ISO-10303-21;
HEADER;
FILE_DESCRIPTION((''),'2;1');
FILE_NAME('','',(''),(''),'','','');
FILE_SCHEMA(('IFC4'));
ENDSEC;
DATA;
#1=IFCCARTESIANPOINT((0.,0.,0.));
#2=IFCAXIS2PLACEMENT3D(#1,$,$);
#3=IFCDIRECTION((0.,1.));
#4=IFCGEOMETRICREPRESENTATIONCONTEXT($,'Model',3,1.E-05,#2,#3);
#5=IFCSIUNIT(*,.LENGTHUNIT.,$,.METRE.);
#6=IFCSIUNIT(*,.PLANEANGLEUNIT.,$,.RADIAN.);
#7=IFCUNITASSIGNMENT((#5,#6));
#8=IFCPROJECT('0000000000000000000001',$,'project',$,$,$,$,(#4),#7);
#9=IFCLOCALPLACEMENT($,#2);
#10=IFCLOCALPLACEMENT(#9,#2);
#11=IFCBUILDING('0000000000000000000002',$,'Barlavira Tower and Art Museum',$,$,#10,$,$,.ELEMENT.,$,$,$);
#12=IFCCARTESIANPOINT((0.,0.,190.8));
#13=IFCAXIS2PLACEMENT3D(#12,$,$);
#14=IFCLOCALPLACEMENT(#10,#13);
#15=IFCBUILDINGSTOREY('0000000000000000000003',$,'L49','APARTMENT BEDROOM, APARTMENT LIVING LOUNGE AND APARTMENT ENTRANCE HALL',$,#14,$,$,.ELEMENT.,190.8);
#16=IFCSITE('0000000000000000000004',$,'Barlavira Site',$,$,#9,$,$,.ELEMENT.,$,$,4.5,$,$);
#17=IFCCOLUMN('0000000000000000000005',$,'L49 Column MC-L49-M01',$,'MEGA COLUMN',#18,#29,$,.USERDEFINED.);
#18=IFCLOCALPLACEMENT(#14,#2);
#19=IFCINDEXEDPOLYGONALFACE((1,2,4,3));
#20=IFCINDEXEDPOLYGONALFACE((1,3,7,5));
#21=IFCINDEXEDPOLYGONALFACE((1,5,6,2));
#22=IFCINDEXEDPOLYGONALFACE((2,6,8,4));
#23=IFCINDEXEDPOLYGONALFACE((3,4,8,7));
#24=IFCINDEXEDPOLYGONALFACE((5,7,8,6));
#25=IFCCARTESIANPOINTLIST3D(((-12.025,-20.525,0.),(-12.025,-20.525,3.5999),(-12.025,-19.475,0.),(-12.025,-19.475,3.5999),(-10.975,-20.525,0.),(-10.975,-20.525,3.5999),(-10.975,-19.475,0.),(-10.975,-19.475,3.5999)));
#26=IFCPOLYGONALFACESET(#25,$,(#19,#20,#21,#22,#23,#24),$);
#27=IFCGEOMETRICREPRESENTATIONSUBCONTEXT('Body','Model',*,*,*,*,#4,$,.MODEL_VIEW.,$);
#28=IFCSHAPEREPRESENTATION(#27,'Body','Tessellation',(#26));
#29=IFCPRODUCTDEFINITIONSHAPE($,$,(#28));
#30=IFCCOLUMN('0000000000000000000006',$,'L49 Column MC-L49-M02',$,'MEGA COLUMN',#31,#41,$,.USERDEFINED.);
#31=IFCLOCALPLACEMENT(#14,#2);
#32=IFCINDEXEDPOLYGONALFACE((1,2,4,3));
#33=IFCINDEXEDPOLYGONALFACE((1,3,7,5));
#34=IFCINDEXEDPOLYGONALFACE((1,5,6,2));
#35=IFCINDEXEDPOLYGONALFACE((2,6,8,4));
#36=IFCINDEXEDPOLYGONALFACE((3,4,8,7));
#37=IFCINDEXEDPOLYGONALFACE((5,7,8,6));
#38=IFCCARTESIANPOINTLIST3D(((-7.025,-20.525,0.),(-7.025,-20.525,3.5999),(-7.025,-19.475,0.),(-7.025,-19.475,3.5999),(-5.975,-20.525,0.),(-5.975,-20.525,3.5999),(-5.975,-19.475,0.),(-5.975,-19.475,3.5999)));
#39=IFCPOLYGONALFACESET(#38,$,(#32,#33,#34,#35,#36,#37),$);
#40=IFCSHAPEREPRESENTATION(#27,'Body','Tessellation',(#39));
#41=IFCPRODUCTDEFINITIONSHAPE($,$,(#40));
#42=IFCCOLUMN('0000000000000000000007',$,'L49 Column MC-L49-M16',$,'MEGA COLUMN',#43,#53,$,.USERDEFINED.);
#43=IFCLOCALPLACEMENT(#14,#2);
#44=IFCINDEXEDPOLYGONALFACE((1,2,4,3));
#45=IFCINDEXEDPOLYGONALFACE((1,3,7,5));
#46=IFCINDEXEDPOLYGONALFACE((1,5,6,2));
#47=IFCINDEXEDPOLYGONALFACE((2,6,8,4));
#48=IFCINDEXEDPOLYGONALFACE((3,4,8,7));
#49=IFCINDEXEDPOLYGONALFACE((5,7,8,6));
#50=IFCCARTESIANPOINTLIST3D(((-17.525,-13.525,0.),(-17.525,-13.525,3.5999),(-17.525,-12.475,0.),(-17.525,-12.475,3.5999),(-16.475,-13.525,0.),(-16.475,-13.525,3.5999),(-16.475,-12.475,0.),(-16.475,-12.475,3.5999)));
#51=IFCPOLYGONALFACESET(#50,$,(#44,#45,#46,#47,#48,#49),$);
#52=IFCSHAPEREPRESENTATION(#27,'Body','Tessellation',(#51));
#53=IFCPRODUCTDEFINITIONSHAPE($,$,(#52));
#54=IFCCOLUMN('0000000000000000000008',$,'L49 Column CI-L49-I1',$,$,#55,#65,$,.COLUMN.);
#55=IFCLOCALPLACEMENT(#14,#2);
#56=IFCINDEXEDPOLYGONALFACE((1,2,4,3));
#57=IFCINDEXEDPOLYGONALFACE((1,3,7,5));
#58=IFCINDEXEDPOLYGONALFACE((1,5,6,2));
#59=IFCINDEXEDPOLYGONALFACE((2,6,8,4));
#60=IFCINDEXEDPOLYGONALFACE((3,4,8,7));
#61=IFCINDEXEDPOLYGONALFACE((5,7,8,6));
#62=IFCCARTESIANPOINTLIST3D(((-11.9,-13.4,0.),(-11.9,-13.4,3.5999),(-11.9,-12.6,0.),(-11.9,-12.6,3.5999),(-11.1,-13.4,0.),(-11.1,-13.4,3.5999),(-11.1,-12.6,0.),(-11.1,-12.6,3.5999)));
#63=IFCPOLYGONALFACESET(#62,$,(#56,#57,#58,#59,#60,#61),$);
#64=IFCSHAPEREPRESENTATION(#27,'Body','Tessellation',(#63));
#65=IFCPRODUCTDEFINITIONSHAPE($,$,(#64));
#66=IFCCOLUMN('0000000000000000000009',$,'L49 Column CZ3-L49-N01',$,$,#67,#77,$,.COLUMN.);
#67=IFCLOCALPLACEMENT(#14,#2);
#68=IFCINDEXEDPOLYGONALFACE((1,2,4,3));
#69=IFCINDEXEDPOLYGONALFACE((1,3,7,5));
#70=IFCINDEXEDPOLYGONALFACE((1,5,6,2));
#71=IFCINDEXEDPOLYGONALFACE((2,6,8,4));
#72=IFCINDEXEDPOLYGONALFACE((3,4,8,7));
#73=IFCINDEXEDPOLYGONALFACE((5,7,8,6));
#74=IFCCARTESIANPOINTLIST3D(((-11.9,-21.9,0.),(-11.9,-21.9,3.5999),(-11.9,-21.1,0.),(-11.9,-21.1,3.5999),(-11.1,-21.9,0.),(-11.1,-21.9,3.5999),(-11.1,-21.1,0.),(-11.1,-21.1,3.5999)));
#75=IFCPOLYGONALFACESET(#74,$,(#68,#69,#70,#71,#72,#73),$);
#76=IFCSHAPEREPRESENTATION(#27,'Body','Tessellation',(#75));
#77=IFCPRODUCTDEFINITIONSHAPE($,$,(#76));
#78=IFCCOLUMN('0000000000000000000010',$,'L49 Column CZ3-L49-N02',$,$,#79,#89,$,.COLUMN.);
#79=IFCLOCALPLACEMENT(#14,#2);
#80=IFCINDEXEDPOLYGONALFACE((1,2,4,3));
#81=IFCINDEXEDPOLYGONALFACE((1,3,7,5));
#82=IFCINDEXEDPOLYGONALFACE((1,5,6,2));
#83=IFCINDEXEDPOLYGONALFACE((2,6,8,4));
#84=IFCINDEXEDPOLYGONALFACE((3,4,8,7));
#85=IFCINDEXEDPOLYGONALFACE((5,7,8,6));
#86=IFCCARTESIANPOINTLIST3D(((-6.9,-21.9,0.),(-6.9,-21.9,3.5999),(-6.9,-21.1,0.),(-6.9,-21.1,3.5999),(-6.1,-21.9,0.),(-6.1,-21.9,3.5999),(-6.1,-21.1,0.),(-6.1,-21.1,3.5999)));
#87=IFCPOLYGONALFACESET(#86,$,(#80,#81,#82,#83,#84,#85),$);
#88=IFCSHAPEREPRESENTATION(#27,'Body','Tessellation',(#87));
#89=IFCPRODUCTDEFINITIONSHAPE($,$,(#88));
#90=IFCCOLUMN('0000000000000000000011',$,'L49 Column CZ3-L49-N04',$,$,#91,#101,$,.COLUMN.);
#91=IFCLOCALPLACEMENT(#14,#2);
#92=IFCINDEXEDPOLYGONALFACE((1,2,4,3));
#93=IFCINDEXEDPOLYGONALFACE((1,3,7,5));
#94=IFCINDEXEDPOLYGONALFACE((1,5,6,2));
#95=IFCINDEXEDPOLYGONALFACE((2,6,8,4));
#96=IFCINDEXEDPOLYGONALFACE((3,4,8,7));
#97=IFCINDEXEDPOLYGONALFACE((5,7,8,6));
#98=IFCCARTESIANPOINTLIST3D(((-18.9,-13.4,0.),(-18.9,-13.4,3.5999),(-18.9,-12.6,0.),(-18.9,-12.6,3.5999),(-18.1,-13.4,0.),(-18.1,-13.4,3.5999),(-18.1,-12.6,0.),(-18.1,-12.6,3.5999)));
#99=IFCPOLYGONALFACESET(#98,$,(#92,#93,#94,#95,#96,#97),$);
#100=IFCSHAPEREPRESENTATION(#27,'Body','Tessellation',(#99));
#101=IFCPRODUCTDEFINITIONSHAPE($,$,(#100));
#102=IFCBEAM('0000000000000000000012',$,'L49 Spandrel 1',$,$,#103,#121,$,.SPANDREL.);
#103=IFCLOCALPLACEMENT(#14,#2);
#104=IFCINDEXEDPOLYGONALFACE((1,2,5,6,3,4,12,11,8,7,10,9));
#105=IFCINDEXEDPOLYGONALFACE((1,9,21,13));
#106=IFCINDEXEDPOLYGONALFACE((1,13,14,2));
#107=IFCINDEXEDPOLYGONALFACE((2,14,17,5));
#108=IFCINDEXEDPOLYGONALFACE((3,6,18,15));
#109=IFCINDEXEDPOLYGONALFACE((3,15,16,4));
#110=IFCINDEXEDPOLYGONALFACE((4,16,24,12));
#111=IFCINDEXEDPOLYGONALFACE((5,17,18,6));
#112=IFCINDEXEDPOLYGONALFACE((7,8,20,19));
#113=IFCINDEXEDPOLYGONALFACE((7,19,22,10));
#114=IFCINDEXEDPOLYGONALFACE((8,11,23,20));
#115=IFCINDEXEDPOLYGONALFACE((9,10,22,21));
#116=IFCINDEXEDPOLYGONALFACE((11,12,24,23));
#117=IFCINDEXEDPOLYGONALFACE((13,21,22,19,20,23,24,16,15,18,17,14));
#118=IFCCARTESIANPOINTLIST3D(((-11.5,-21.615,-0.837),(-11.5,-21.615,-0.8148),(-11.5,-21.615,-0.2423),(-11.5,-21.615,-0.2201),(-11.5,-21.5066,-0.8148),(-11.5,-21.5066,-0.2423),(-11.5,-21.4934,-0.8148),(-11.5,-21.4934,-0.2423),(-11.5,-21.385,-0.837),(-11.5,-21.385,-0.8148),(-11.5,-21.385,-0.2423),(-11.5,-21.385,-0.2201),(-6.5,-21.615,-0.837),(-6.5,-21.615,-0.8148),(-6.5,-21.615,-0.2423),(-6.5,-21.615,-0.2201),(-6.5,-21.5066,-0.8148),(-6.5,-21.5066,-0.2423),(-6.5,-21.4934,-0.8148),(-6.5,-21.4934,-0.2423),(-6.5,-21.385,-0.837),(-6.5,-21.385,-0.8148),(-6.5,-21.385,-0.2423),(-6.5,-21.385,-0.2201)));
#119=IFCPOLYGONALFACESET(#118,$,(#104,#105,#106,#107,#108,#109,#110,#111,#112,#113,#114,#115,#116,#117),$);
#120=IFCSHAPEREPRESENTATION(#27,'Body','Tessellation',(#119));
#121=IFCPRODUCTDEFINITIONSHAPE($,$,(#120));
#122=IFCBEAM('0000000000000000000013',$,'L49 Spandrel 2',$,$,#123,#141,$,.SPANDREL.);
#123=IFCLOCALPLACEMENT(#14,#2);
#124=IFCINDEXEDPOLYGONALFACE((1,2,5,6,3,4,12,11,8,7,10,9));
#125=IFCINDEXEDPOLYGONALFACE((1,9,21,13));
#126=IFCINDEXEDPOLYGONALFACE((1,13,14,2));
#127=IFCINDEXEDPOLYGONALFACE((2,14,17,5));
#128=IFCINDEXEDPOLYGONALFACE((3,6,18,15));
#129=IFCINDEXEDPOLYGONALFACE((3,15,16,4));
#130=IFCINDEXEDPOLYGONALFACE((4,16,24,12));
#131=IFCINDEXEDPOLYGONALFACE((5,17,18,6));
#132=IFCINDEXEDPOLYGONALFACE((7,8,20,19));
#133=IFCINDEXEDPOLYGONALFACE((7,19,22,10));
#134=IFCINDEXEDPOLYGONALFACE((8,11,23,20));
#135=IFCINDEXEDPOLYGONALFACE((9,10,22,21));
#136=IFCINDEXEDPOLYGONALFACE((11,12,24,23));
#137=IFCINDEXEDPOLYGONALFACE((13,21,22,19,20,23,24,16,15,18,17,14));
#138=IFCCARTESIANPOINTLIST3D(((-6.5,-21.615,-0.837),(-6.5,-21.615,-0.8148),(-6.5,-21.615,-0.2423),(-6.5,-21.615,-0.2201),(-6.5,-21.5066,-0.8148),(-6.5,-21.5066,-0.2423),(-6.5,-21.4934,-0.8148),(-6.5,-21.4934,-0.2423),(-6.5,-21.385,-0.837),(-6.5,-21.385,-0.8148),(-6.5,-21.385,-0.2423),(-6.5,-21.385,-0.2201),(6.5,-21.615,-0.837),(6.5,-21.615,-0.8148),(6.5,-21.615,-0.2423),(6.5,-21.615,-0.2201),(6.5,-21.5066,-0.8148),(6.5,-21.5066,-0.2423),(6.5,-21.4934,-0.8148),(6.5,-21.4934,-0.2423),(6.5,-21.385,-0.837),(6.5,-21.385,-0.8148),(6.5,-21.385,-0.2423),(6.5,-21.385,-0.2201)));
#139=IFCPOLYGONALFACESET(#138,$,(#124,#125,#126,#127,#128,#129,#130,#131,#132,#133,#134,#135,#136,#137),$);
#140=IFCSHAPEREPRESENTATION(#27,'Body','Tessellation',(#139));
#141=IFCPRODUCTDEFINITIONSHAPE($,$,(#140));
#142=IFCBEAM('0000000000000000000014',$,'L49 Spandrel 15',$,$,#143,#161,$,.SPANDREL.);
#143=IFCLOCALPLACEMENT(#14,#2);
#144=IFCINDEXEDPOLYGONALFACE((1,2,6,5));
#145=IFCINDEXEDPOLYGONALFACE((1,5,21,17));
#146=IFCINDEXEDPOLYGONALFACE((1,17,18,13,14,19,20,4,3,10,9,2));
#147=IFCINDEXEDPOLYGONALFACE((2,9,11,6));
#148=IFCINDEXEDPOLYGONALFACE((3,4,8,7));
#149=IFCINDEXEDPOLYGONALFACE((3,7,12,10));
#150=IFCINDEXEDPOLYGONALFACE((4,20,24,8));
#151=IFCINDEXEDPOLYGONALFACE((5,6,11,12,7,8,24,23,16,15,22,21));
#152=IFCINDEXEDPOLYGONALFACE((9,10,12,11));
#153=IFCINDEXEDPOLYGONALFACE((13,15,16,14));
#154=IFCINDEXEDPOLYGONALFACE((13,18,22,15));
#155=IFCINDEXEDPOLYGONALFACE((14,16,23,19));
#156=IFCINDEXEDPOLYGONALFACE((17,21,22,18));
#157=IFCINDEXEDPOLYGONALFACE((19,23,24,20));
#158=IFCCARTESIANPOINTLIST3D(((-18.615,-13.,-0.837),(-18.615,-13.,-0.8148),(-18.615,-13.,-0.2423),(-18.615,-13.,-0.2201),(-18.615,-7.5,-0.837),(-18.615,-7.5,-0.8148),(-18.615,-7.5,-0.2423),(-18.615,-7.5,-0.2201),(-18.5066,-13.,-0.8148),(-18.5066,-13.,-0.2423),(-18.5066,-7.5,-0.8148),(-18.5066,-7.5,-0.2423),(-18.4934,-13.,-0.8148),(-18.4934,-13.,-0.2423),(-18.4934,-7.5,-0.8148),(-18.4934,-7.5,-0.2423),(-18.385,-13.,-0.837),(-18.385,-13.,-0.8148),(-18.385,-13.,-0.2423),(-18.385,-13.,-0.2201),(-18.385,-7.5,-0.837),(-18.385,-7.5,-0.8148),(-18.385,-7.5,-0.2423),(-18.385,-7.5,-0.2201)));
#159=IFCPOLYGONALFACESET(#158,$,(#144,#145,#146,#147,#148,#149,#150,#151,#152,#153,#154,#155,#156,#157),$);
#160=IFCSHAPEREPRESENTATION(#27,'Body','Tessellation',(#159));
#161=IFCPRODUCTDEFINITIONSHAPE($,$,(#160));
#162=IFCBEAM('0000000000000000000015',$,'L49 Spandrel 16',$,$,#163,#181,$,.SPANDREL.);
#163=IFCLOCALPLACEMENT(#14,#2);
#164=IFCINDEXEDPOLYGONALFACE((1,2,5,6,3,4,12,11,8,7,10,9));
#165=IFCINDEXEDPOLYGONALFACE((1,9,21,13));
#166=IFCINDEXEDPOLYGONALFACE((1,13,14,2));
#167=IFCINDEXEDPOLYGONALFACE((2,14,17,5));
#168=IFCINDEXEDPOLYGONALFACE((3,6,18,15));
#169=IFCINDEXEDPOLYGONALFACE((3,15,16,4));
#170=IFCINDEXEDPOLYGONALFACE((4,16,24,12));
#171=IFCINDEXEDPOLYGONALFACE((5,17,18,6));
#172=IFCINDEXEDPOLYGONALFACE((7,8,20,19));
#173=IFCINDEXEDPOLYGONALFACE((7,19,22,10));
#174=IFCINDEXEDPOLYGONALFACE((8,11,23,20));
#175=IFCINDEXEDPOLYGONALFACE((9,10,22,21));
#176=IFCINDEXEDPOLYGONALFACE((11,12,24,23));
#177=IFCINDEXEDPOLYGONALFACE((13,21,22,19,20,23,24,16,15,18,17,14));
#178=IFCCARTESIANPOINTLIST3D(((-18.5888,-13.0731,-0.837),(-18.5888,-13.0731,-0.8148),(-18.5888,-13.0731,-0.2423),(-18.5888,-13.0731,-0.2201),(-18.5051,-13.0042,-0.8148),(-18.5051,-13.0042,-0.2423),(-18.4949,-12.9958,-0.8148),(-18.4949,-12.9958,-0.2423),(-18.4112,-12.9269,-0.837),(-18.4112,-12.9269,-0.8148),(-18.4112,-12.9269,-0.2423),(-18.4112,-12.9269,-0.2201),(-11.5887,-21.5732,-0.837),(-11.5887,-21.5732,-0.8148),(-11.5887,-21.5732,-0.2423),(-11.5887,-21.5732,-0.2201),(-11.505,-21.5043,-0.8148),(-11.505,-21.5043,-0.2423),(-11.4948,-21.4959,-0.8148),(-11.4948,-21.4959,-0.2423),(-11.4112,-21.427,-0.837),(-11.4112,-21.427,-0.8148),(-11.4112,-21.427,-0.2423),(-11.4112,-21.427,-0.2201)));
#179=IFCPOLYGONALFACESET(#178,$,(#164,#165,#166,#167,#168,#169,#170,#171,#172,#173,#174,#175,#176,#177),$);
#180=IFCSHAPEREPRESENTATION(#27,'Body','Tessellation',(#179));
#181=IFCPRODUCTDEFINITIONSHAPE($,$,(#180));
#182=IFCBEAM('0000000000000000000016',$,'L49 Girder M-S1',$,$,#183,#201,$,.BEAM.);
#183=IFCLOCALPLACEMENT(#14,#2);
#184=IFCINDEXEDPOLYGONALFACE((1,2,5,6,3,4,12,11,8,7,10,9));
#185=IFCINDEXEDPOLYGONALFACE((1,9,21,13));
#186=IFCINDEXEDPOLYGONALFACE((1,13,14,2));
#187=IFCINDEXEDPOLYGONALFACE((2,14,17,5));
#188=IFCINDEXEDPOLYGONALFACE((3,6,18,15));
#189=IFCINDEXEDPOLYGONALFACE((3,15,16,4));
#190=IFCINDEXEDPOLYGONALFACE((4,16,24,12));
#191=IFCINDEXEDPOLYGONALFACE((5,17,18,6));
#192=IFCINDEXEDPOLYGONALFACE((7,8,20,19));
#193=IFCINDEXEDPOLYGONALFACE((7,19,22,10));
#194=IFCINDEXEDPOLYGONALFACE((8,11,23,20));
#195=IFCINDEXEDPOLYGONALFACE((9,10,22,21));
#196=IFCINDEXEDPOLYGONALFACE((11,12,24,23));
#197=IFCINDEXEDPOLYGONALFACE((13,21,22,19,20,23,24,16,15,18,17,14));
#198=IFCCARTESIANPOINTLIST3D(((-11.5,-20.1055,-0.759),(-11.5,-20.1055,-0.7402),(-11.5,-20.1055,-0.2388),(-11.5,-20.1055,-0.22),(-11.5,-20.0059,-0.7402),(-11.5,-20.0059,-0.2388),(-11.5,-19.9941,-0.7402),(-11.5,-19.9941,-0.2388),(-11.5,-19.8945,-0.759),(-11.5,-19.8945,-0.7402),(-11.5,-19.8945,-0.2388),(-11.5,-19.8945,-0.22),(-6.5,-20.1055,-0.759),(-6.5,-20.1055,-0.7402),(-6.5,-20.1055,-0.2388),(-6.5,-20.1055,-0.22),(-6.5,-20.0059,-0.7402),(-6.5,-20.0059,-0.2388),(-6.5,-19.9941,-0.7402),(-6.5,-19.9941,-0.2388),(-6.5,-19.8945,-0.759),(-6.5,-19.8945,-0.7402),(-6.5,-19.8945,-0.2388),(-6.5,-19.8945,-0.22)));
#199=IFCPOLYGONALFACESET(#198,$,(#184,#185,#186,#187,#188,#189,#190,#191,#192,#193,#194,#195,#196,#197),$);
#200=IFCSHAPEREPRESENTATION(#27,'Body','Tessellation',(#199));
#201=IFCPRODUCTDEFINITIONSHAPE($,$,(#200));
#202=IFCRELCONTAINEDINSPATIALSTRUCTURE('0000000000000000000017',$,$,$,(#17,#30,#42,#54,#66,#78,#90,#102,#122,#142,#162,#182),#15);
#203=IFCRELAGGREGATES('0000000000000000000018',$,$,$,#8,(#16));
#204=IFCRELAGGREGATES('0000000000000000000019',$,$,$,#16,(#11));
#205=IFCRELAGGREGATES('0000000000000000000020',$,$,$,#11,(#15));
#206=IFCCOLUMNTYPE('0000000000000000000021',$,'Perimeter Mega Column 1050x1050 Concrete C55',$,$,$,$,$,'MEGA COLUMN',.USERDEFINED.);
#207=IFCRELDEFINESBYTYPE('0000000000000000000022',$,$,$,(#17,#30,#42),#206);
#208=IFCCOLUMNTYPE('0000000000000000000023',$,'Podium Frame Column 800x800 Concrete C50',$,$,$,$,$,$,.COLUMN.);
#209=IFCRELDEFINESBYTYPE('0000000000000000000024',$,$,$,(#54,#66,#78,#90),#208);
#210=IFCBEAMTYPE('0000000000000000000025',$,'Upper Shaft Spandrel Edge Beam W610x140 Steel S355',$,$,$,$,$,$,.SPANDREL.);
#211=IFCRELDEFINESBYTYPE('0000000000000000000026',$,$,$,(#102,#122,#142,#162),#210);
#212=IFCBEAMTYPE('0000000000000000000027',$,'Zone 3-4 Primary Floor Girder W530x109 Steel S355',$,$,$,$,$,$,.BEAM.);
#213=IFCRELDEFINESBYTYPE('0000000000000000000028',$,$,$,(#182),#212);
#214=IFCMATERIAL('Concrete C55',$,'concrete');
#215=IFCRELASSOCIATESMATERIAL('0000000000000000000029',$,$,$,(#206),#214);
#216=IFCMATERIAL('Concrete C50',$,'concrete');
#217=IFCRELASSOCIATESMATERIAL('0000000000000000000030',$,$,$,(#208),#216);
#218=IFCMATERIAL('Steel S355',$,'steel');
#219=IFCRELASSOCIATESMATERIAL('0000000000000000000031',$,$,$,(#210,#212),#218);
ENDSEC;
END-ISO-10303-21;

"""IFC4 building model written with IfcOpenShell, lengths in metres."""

from ifc_helpers import new_model, si_unit, direction, frame, origin, origin_2d, place, context, subcontext, project, spatial, rectangle, i_section, extrude, material, material_profile, profile_set, type_object, element, save


model = new_model("IFC4")

# Units and contexts
model_context = context("Model", 3, precision=1e-05, world=origin(), true_north=direction((0.0, 1.0)))
body_context = subcontext(model_context, "Body", "Model", "MODEL_VIEW")
ifc_project = project(units=[si_unit("LENGTHUNIT", "METRE"), si_unit("PLANEANGLEUNIT", "RADIAN")], contexts=[model_context])

# Site, building, storey
site_placement = place(None, origin())
site = spatial("IfcSite", under=ifc_project, at=site_placement, Name="Barlavira Site", CompositionType="ELEMENT", RefElevation=4.5)
building_placement = place(site_placement, origin())
building = spatial("IfcBuilding", under=site, at=building_placement, Name="Barlavira Tower and Art Museum", CompositionType="ELEMENT")
storey_placement = place(building_placement, frame((0.0, 0.0, 190.8)))
storey = spatial("IfcBuildingStorey", under=building, at=storey_placement, Name="L49", Description="APARTMENT BEDROOM, APARTMENT LIVING LOUNGE AND APARTMENT ENTRANCE HALL", CompositionType="ELEMENT", Elevation=190.8)

# Columns
ifc_material_1 = material(Name="Concrete C55", Category="concrete")
ifc_material_profile_1 = material_profile(ifc_material_1, rectangle(XDim=1.05, YDim=1.05, at=origin_2d()), Name="RC-COL 1050x1050")
ifc_profile_set_1 = profile_set([ifc_material_profile_1], Name="Concrete C55")
column_type_1 = type_object("IfcColumnType", Name="Perimeter Mega Column 1050x1050 Concrete C55", ElementType="MEGA COLUMN", PredefinedType="USERDEFINED", material=ifc_profile_set_1)
for number, where, z_axis, x_axis, name in (
    (1, (-11.5, -20.0, 0.0), (0.0, 0.0, 1.0), (1.0, 0.0, 0.0), "L49 Column MC-L49-M01"),
    (2, (-6.5, -20.0, 0.0), (0.0, 0.0, 1.0), (1.0, 0.0, 0.0), "L49 Column MC-L49-M02"),
    (3, (-17.0, -13.0, 0.0), (0.0, 0.0, 1.0), (1.0, 0.0, 0.0), "L49 Column MC-L49-M16"),
):
    element("IfcColumn", number, at=place(storey_placement, frame(where, z_axis=z_axis, x_axis=x_axis)), inside=storey, type_object=column_type_1, Name=name, ObjectType="MEGA COLUMN", PredefinedType="USERDEFINED", context=body_context, shape_type="SweptSolid", body=[
        extrude(rectangle(XDim=1.05, YDim=1.05, at=origin_2d()), origin(), (0.0, 0.0, 1.0), 3.5999),
    ])
ifc_material_2 = material(Name="Concrete C50", Category="concrete")
ifc_material_profile_2 = material_profile(ifc_material_2, rectangle(XDim=0.8, YDim=0.8, at=origin_2d()), Name="RC-COL 800x800")
ifc_profile_set_2 = profile_set([ifc_material_profile_2], Name="Concrete C50")
column_type_2 = type_object("IfcColumnType", Name="Podium Frame Column 800x800 Concrete C50", PredefinedType="COLUMN", material=ifc_profile_set_2)
for number, where, z_axis, x_axis, name in (
    (4, (-11.5, -13.0, 0.0), (0.0, 0.0, 1.0), (1.0, 0.0, 0.0), "L49 Column CI-L49-I1"),
    (5, (-11.5, -21.5, 0.0), (0.0, 0.0, 1.0), (1.0, 0.0, 0.0), "L49 Column CZ3-L49-N01"),
    (6, (-6.5, -21.5, 0.0), (0.0, 0.0, 1.0), (1.0, 0.0, 0.0), "L49 Column CZ3-L49-N02"),
    (7, (-18.5, -13.0, 0.0), (0.0, 0.0, 1.0), (1.0, 0.0, 0.0), "L49 Column CZ3-L49-N04"),
):
    element("IfcColumn", number, at=place(storey_placement, frame(where, z_axis=z_axis, x_axis=x_axis)), inside=storey, type_object=column_type_2, Name=name, PredefinedType="COLUMN", context=body_context, shape_type="SweptSolid", body=[
        extrude(rectangle(XDim=0.8, YDim=0.8, at=origin_2d()), origin(), (0.0, 0.0, 1.0), 3.5999),
    ])

# Beams
ifc_material_3 = material(Name="Steel S355", Category="steel")
ifc_material_profile_3 = material_profile(ifc_material_3, i_section(OverallWidth=0.23, OverallDepth=0.6169, WebThickness=0.0132, FlangeThickness=0.0222, at=origin_2d()), Name="W610x140.0")
ifc_profile_set_3 = profile_set([ifc_material_profile_3], Name="Steel S355")
beam_type_1 = type_object("IfcBeamType", Name="Upper Shaft Spandrel Edge Beam W610x140 Steel S355", PredefinedType="SPANDREL", material=ifc_profile_set_3)
beam_1_placement = place(storey_placement, frame((-11.5, -21.5, -0.5286), z_axis=(1.0, 0.0, 0.0), x_axis=(0.0, 1.0, 0.0)))
element("IfcBeam", 8, at=beam_1_placement, inside=storey, type_object=beam_type_1, Name="L49 Spandrel 1", PredefinedType="SPANDREL", context=body_context, shape_type="SweptSolid", body=[
    extrude(i_section(OverallWidth=0.23, OverallDepth=0.6169, WebThickness=0.0132, FlangeThickness=0.0222, at=origin_2d()), origin(), (0.0, 0.0, 1.0), 5.0),
])
beam_2_placement = place(storey_placement, frame((-6.5, -21.5, -0.5286), z_axis=(1.0, 0.0, 0.0), x_axis=(0.0, 1.0, 0.0)))
element("IfcBeam", 9, at=beam_2_placement, inside=storey, type_object=beam_type_1, Name="L49 Spandrel 2", PredefinedType="SPANDREL", context=body_context, shape_type="SweptSolid", body=[
    extrude(i_section(OverallWidth=0.23, OverallDepth=0.6169, WebThickness=0.0132, FlangeThickness=0.0222, at=origin_2d()), origin(), (0.0, 0.0, 1.0), 13.0),
])
beam_3_placement = place(storey_placement, frame((-18.5, -13.0, -0.5286), z_axis=(0.0, 1.0, 0.0), x_axis=(-1.0, 0.0, 0.0)))
element("IfcBeam", 10, at=beam_3_placement, inside=storey, type_object=beam_type_1, Name="L49 Spandrel 15", PredefinedType="SPANDREL", context=body_context, shape_type="SweptSolid", body=[
    extrude(i_section(OverallWidth=0.23, OverallDepth=0.6169, WebThickness=0.0132, FlangeThickness=0.0222, at=origin_2d()), origin(), (0.0, 0.0, 1.0), 5.5),
])
beam_4_placement = place(storey_placement, frame((-18.5, -13.0, -0.5286), z_axis=(0.635707, -0.77193, 0.0), x_axis=(0.77193, 0.635707, 0.0)))
element("IfcBeam", 11, at=beam_4_placement, inside=storey, type_object=beam_type_1, Name="L49 Spandrel 16", PredefinedType="SPANDREL", context=body_context, shape_type="SweptSolid", body=[
    extrude(i_section(OverallWidth=0.23, OverallDepth=0.6169, WebThickness=0.0132, FlangeThickness=0.0222, at=origin_2d()), origin(), (0.0, 0.0, 1.0), 11.0115),
])
ifc_material_profile_4 = material_profile(ifc_material_3, i_section(OverallWidth=0.2109, OverallDepth=0.5391, WebThickness=0.0117, FlangeThickness=0.0188, at=origin_2d()), Name="W530x109.0")
ifc_profile_set_4 = profile_set([ifc_material_profile_4], Name="Steel S355")
beam_type_2 = type_object("IfcBeamType", Name="Zone 3-4 Primary Floor Girder W530x109 Steel S355", PredefinedType="BEAM", material=ifc_profile_set_4)
beam_5_placement = place(storey_placement, frame((-11.5, -20.0, -0.4895), z_axis=(1.0, 0.0, 0.0), x_axis=(0.0, 1.0, 0.0)))
element("IfcBeam", 12, at=beam_5_placement, inside=storey, type_object=beam_type_2, Name="L49 Girder M-S1", PredefinedType="BEAM", context=body_context, shape_type="SweptSolid", body=[
    extrude(i_section(OverallWidth=0.2109, OverallDepth=0.5391, WebThickness=0.0117, FlangeThickness=0.0188, at=origin_2d()), origin(), (0.0, 0.0, 1.0), 5.0),
])

save(model, "model.ifc")
